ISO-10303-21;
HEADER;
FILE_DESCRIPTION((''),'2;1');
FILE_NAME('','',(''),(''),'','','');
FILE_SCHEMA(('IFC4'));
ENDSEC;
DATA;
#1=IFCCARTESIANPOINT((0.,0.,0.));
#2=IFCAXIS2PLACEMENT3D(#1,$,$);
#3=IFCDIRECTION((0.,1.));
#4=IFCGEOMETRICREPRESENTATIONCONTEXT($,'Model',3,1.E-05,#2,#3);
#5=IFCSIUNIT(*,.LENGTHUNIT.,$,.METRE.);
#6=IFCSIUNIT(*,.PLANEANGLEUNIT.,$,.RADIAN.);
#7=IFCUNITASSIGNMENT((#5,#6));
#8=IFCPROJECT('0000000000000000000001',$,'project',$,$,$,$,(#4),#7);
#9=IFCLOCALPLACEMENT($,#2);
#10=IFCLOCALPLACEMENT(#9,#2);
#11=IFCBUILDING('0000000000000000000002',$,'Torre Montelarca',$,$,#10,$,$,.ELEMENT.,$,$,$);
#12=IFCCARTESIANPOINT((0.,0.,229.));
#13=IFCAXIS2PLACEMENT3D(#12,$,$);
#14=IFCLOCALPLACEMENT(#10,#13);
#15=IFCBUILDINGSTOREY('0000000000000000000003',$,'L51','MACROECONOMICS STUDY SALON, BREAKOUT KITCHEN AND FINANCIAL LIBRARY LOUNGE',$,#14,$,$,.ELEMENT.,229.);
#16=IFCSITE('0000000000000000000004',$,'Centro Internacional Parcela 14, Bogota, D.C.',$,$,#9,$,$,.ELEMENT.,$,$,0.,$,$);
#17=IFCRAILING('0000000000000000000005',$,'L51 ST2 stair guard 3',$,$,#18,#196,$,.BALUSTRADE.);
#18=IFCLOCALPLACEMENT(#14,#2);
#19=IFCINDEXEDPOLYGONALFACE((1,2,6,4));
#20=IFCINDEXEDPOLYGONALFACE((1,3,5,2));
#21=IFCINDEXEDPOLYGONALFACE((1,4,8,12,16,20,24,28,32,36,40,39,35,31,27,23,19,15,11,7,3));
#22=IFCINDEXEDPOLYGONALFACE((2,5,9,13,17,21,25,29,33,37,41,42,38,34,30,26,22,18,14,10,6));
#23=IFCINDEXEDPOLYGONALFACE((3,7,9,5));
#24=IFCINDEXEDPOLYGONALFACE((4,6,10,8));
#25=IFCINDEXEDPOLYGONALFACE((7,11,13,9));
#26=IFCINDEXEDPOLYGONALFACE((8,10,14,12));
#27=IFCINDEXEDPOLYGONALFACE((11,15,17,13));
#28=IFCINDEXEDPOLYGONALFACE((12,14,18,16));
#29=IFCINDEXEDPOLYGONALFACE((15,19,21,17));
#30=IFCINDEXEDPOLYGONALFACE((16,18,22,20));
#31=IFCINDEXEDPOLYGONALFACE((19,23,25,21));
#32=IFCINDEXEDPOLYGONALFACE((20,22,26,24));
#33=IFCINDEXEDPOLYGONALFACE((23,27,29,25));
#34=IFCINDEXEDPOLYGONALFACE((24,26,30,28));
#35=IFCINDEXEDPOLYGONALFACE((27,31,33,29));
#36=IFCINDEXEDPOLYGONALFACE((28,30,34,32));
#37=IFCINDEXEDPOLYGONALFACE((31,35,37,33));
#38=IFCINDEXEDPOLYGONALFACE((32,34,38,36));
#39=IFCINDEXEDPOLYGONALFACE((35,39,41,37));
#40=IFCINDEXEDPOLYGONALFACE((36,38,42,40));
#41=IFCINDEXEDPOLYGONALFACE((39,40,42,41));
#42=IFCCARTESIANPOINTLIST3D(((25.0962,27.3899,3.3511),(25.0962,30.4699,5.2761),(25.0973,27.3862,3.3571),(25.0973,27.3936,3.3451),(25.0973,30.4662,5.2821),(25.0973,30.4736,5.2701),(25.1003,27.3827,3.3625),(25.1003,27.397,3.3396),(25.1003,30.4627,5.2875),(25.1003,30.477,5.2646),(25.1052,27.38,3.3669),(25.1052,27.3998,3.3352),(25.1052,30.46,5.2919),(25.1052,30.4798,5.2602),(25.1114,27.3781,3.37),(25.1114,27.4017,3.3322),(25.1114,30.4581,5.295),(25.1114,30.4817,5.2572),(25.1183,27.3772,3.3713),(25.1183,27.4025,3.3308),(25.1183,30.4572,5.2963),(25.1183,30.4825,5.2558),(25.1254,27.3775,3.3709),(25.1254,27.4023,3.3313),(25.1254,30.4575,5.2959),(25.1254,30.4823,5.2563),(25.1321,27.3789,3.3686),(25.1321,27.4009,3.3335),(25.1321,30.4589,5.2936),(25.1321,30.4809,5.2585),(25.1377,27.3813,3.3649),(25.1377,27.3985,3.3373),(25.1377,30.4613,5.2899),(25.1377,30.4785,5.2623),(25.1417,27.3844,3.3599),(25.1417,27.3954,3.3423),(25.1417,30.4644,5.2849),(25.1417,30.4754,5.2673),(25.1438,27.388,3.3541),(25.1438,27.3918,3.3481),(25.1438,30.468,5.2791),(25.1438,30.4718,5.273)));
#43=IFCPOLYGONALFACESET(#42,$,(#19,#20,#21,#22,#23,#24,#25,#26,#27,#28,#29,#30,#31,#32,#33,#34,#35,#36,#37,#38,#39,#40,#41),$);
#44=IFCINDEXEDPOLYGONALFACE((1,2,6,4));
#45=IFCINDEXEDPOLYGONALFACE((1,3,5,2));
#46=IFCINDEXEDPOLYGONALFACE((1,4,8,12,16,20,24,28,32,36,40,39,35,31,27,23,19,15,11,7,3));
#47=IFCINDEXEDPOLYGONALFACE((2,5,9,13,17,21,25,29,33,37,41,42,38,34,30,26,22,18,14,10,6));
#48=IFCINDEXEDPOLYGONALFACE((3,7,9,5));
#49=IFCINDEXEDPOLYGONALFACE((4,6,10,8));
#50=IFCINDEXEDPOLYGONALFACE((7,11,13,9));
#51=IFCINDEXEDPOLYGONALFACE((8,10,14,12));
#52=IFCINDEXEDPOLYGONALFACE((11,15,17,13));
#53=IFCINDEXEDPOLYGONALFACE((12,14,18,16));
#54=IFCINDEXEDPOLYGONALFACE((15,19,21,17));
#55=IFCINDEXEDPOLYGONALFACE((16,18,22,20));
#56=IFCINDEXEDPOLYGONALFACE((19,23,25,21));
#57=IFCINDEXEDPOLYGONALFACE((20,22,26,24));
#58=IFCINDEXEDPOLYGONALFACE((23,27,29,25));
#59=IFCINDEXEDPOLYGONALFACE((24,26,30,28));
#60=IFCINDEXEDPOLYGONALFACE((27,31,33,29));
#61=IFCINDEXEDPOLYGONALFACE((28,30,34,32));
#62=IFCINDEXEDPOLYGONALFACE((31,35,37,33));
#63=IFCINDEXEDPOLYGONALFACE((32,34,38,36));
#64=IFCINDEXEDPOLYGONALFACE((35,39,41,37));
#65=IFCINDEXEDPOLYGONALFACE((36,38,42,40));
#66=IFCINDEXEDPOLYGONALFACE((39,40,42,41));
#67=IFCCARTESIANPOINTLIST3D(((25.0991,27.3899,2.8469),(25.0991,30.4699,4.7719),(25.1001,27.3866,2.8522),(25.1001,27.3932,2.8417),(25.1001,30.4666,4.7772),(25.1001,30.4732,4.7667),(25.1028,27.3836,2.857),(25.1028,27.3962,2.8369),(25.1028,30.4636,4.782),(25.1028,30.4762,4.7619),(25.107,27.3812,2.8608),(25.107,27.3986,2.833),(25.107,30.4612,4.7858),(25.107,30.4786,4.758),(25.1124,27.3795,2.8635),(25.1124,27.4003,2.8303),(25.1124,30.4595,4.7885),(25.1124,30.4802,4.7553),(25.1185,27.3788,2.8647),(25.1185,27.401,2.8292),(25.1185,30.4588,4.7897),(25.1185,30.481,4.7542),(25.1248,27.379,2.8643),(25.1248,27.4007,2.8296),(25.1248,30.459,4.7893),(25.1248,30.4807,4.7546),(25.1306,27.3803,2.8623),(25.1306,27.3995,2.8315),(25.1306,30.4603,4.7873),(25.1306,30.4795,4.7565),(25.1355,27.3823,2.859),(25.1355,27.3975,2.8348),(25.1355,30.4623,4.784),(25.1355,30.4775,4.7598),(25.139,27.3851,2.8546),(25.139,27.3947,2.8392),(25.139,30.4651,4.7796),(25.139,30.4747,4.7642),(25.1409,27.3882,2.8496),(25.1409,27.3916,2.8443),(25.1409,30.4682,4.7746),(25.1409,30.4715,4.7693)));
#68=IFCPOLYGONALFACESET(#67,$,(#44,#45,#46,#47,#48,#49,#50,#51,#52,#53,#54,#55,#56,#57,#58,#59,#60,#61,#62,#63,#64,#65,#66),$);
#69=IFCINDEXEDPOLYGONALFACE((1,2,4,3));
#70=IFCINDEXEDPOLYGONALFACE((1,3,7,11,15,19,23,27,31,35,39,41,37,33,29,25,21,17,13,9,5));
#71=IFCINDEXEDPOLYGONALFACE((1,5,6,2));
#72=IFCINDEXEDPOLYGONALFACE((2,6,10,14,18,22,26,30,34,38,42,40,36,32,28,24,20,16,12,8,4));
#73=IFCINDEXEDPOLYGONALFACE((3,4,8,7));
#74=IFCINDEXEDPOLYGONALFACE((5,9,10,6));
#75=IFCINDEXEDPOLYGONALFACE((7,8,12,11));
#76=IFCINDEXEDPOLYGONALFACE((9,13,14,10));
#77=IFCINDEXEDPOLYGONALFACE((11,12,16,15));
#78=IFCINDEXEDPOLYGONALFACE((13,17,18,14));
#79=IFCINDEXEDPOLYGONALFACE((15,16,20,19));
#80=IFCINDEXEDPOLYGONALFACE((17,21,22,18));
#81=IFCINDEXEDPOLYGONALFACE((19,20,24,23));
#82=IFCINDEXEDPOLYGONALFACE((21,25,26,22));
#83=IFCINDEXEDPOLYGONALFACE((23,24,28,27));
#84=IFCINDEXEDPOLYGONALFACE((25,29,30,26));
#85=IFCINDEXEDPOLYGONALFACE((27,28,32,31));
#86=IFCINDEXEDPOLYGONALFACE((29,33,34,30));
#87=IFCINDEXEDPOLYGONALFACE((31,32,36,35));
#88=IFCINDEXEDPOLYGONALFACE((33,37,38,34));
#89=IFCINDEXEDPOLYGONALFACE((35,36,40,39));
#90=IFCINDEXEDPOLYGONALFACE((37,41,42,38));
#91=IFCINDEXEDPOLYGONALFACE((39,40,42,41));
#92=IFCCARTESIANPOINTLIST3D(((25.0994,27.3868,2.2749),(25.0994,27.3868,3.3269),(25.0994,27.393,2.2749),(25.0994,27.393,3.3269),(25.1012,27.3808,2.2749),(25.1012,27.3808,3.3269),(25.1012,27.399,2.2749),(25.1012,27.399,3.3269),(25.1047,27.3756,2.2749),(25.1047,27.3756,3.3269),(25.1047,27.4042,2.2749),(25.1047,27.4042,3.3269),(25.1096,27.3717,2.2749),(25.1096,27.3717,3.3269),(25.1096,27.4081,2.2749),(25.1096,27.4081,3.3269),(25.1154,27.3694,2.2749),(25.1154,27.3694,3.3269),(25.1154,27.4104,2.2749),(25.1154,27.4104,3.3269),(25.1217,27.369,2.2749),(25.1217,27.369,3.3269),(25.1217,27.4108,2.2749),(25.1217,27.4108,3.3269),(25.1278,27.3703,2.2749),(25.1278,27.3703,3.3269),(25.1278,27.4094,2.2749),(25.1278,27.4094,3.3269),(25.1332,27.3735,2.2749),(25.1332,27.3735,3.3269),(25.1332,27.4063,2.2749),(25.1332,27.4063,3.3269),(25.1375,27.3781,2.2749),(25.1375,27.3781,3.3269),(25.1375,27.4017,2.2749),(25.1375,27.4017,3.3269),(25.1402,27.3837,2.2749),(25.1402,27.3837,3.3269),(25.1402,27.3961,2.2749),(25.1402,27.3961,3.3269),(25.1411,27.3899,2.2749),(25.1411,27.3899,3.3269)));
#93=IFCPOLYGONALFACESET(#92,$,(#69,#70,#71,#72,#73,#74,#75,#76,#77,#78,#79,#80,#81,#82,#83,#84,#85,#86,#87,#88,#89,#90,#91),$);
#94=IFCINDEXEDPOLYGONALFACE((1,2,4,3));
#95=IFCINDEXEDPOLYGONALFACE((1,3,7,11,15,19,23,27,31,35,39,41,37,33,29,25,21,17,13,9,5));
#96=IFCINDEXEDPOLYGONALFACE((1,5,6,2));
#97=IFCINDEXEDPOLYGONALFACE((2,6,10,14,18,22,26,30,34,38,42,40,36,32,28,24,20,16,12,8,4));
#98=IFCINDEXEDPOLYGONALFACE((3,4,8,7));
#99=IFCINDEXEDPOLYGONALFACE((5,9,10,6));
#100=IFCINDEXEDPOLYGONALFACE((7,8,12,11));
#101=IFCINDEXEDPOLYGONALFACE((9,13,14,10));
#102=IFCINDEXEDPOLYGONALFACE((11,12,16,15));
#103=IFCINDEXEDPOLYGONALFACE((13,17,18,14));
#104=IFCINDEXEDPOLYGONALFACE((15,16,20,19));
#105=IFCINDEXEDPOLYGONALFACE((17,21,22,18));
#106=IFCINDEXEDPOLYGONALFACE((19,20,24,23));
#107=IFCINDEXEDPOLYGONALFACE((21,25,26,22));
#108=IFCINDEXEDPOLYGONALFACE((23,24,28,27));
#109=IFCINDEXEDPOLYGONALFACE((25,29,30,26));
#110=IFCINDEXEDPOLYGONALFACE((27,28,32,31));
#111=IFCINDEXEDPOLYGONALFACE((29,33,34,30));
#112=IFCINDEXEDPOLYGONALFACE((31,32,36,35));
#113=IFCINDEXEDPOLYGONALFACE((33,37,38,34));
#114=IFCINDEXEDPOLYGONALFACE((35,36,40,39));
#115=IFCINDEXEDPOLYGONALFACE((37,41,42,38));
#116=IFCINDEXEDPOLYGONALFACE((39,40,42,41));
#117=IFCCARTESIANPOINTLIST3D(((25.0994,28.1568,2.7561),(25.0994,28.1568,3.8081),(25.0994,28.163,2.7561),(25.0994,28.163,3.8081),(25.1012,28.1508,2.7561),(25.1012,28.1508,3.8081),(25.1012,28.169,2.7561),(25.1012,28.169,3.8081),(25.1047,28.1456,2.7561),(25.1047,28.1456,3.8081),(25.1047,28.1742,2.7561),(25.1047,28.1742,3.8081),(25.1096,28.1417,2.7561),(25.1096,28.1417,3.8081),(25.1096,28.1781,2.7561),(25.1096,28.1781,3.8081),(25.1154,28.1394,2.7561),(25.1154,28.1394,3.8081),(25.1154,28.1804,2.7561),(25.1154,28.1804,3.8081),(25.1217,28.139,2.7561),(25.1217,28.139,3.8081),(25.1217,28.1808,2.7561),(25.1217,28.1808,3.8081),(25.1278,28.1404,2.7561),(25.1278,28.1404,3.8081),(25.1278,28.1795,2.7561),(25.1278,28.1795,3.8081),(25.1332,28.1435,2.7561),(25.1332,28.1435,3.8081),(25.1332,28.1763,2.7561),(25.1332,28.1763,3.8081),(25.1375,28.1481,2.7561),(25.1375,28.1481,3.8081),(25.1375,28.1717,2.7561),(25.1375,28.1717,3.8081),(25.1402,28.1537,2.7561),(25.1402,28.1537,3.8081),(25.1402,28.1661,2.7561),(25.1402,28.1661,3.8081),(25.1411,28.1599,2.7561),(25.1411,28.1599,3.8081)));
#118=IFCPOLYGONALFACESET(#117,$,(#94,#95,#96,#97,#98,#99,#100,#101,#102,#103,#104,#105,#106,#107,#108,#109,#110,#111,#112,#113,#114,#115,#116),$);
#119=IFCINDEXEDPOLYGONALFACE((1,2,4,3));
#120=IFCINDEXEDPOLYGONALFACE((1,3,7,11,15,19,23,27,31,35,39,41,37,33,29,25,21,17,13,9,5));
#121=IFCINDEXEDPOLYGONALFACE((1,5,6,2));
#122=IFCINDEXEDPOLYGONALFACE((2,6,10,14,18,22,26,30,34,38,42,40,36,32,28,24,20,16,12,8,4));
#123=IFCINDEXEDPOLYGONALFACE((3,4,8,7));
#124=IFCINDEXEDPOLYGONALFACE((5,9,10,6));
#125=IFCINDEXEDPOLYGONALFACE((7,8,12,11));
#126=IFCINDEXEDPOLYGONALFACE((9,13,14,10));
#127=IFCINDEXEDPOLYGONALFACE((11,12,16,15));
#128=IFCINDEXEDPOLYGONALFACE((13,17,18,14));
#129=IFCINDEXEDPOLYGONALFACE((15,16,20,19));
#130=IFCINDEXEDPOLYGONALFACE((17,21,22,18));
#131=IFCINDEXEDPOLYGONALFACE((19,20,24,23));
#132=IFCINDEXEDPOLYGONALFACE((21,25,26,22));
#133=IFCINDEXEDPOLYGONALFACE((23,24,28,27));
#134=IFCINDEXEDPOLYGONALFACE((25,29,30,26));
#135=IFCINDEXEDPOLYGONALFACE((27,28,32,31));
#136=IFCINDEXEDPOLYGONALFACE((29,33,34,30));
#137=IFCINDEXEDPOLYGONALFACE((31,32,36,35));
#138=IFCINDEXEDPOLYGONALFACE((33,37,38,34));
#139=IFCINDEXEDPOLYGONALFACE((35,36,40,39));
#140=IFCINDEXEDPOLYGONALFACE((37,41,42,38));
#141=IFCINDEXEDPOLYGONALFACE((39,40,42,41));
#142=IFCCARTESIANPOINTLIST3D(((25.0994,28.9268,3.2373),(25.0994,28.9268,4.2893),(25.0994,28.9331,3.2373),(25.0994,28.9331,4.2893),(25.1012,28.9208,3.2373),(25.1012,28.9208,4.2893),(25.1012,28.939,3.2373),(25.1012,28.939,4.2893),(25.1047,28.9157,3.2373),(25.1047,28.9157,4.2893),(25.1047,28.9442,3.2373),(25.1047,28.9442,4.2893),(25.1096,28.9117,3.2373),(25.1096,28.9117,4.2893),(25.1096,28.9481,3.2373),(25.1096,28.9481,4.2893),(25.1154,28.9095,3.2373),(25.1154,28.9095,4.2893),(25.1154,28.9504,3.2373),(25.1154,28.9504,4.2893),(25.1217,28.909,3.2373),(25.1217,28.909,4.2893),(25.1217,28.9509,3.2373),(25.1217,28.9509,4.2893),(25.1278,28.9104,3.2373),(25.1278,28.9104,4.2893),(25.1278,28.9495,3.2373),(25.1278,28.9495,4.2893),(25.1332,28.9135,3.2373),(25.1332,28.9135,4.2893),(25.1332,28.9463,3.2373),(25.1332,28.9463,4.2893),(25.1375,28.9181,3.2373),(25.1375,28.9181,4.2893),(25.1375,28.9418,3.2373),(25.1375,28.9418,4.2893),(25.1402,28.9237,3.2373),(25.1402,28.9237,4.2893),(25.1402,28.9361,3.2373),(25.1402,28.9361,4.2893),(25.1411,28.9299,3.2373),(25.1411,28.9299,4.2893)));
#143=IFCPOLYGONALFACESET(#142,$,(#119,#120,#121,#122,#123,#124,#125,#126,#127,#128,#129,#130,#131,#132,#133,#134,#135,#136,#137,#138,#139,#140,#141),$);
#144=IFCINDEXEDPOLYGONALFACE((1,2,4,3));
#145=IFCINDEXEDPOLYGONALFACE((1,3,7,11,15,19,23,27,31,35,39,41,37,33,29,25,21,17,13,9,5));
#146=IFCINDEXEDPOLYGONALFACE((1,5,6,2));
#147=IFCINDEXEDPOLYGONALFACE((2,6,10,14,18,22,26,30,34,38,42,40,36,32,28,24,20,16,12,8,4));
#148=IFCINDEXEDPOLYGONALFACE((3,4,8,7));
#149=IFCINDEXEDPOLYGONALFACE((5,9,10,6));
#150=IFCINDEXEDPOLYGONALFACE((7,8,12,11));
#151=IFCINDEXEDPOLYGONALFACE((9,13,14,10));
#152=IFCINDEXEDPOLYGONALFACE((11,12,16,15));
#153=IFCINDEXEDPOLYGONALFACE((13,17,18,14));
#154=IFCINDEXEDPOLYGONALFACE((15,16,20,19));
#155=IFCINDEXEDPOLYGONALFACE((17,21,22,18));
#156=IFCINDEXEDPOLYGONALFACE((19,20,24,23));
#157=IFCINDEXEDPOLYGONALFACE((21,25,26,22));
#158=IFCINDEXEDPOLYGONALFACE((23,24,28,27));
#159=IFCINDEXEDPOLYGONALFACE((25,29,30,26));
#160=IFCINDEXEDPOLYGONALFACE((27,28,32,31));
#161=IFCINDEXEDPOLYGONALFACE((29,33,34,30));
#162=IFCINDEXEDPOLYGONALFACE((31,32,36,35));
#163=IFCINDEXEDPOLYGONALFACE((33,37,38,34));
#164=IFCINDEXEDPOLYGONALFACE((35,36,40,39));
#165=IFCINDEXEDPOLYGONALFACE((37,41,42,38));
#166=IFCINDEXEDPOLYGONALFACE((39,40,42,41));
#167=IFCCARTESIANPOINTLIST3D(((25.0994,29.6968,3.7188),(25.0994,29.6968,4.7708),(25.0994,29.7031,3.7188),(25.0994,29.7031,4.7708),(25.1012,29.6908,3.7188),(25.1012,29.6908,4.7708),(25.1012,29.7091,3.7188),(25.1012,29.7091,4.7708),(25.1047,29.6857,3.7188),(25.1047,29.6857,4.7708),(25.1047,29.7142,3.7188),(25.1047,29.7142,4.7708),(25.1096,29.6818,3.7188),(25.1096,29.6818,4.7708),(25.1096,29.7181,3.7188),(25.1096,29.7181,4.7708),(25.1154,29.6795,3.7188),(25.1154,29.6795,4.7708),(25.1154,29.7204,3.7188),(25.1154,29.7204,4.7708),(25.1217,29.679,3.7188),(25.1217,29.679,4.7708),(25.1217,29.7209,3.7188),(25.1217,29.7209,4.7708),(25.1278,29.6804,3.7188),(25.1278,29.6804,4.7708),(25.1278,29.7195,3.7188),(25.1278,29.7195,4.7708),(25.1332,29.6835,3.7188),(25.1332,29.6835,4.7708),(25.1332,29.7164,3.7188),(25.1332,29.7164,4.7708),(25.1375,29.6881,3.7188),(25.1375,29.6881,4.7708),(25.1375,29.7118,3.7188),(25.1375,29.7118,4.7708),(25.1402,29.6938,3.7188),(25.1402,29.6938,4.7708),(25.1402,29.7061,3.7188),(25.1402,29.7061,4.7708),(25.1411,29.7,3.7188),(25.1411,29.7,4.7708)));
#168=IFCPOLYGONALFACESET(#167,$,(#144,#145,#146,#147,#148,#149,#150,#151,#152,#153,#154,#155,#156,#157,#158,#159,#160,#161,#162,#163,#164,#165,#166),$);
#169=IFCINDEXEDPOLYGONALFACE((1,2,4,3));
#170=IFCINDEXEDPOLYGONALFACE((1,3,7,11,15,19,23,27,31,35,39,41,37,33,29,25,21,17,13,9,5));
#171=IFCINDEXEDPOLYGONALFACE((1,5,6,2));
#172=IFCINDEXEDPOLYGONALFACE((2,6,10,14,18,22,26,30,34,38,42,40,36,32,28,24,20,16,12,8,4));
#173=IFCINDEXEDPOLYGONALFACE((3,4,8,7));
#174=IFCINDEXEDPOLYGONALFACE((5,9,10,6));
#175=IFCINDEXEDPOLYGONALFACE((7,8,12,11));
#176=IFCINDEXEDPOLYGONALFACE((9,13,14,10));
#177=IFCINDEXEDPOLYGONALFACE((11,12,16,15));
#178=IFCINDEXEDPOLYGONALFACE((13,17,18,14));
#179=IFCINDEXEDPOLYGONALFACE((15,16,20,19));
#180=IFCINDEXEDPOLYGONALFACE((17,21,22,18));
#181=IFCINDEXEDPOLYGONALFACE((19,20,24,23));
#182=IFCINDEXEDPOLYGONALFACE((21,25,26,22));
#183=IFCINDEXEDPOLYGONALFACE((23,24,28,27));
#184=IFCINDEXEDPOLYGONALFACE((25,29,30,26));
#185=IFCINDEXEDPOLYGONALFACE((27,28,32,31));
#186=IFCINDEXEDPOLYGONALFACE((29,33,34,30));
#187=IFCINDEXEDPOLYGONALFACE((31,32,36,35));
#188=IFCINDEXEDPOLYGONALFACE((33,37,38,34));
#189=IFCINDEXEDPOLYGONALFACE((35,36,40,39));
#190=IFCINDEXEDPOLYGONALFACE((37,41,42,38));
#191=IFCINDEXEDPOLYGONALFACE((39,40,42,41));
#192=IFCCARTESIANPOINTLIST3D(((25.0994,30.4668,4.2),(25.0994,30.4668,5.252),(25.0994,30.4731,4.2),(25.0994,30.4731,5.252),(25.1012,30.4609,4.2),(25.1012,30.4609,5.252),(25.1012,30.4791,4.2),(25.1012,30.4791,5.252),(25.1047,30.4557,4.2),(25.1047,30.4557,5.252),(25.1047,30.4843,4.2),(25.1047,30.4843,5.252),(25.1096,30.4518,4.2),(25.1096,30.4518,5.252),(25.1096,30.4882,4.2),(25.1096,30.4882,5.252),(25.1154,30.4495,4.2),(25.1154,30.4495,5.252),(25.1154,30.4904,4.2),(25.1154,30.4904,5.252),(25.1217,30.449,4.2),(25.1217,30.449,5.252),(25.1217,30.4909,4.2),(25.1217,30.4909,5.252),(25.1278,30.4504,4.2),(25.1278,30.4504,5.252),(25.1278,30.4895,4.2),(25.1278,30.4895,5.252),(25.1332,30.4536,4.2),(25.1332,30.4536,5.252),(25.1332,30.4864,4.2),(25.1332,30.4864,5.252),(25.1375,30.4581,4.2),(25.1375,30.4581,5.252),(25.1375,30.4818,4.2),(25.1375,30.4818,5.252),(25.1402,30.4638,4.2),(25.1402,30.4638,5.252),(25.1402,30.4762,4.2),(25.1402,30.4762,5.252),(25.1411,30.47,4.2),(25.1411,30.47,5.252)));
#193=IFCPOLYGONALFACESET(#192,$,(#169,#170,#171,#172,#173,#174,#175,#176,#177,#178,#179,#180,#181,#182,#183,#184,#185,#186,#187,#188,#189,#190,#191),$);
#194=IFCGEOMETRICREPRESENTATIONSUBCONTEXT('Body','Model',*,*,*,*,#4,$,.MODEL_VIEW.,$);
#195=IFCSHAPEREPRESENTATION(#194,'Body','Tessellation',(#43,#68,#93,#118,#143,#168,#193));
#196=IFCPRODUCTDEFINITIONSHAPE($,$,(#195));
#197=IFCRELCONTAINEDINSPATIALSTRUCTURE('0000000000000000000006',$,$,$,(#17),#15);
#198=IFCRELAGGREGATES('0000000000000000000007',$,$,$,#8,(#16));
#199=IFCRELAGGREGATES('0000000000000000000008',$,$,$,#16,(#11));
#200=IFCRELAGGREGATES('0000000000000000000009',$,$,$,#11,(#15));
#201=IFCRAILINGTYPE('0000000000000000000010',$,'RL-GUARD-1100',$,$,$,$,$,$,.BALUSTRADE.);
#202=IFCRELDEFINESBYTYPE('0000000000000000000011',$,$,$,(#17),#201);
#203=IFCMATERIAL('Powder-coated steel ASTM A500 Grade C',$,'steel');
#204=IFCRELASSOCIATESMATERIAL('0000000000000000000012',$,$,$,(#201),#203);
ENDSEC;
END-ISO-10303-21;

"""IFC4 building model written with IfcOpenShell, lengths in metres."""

from ifc_helpers import new_model, si_unit, direction, frame, origin, origin_2d, place, context, subcontext, project, spatial, circle, extrude, material, type_object, element, save


model = new_model("IFC4")

# Units and contexts
model_context = context("Model", 3, precision=1e-05, world=origin(), true_north=direction((0.0, 1.0)))
body_context = subcontext(model_context, "Body", "Model", "MODEL_VIEW")
ifc_project = project(units=[si_unit("LENGTHUNIT", "METRE"), si_unit("PLANEANGLEUNIT", "RADIAN")], contexts=[model_context])

# Site, building, storey
site_placement = place(None, origin())
site = spatial("IfcSite", under=ifc_project, at=site_placement, Name="Centro Internacional Parcela 14, Bogota, D.C.", CompositionType="ELEMENT", RefElevation=0.0)
building_placement = place(site_placement, origin())
building = spatial("IfcBuilding", under=site, at=building_placement, Name="Torre Montelarca", CompositionType="ELEMENT")
storey_placement = place(building_placement, frame((0.0, 0.0, 229.0)))
storey = spatial("IfcBuildingStorey", under=building, at=storey_placement, Name="L51", Description="MACROECONOMICS STUDY SALON, BREAKOUT KITCHEN AND FINANCIAL LIBRARY LOUNGE", CompositionType="ELEMENT", Elevation=229.0)

# Railing
ifc_material_1 = material(Name="Powder-coated steel ASTM A500 Grade C", Category="steel")
railing_type_1 = type_object("IfcRailingType", Name="RL-GUARD-1100", PredefinedType="BALUSTRADE", material=ifc_material_1)
railing_1_placement = place(storey_placement, frame((25.1201, 27.3899, 2.2749)))
element("IfcRailing", 1, at=railing_1_placement, inside=storey, type_object=railing_type_1, Name="L51 ST2 stair guard 3", PredefinedType="BALUSTRADE", context=body_context, shape_type="SweptSolid", body=[
    extrude(circle(Radius=0.0239, at=origin_2d()), frame((0.0, 0.0, 1.0762), z_axis=(0.0, 0.847998, 0.529999), x_axis=(-1.0, 0.0, 0.0)), (0.0, 0.0, 1.0), 3.6321),
    extrude(circle(Radius=0.021, at=origin_2d()), frame((0.0, 0.0, 0.572), z_axis=(0.0, 0.847998, 0.529999), x_axis=(-1.0, 0.0, 0.0)), (0.0, 0.0, 1.0), 3.6321),
    extrude(circle(Radius=0.021, at=origin_2d()), origin(), (0.0, 0.0, 1.0), 1.052),
    extrude(circle(Radius=0.021, at=origin_2d()), frame((0.0, 0.77, 0.4812)), (0.0, 0.0, 1.0), 1.052),
    extrude(circle(Radius=0.021, at=origin_2d()), frame((0.0, 1.54, 0.9624)), (0.0, 0.0, 1.0), 1.052),
    extrude(circle(Radius=0.021, at=origin_2d()), frame((0.0, 2.3101, 1.4438)), (0.0, 0.0, 1.0), 1.052),
    extrude(circle(Radius=0.021, at=origin_2d()), frame((0.0, 3.0801, 1.925)), (0.0, 0.0, 1.0), 1.052),
])

save(model, "model.ifc")
